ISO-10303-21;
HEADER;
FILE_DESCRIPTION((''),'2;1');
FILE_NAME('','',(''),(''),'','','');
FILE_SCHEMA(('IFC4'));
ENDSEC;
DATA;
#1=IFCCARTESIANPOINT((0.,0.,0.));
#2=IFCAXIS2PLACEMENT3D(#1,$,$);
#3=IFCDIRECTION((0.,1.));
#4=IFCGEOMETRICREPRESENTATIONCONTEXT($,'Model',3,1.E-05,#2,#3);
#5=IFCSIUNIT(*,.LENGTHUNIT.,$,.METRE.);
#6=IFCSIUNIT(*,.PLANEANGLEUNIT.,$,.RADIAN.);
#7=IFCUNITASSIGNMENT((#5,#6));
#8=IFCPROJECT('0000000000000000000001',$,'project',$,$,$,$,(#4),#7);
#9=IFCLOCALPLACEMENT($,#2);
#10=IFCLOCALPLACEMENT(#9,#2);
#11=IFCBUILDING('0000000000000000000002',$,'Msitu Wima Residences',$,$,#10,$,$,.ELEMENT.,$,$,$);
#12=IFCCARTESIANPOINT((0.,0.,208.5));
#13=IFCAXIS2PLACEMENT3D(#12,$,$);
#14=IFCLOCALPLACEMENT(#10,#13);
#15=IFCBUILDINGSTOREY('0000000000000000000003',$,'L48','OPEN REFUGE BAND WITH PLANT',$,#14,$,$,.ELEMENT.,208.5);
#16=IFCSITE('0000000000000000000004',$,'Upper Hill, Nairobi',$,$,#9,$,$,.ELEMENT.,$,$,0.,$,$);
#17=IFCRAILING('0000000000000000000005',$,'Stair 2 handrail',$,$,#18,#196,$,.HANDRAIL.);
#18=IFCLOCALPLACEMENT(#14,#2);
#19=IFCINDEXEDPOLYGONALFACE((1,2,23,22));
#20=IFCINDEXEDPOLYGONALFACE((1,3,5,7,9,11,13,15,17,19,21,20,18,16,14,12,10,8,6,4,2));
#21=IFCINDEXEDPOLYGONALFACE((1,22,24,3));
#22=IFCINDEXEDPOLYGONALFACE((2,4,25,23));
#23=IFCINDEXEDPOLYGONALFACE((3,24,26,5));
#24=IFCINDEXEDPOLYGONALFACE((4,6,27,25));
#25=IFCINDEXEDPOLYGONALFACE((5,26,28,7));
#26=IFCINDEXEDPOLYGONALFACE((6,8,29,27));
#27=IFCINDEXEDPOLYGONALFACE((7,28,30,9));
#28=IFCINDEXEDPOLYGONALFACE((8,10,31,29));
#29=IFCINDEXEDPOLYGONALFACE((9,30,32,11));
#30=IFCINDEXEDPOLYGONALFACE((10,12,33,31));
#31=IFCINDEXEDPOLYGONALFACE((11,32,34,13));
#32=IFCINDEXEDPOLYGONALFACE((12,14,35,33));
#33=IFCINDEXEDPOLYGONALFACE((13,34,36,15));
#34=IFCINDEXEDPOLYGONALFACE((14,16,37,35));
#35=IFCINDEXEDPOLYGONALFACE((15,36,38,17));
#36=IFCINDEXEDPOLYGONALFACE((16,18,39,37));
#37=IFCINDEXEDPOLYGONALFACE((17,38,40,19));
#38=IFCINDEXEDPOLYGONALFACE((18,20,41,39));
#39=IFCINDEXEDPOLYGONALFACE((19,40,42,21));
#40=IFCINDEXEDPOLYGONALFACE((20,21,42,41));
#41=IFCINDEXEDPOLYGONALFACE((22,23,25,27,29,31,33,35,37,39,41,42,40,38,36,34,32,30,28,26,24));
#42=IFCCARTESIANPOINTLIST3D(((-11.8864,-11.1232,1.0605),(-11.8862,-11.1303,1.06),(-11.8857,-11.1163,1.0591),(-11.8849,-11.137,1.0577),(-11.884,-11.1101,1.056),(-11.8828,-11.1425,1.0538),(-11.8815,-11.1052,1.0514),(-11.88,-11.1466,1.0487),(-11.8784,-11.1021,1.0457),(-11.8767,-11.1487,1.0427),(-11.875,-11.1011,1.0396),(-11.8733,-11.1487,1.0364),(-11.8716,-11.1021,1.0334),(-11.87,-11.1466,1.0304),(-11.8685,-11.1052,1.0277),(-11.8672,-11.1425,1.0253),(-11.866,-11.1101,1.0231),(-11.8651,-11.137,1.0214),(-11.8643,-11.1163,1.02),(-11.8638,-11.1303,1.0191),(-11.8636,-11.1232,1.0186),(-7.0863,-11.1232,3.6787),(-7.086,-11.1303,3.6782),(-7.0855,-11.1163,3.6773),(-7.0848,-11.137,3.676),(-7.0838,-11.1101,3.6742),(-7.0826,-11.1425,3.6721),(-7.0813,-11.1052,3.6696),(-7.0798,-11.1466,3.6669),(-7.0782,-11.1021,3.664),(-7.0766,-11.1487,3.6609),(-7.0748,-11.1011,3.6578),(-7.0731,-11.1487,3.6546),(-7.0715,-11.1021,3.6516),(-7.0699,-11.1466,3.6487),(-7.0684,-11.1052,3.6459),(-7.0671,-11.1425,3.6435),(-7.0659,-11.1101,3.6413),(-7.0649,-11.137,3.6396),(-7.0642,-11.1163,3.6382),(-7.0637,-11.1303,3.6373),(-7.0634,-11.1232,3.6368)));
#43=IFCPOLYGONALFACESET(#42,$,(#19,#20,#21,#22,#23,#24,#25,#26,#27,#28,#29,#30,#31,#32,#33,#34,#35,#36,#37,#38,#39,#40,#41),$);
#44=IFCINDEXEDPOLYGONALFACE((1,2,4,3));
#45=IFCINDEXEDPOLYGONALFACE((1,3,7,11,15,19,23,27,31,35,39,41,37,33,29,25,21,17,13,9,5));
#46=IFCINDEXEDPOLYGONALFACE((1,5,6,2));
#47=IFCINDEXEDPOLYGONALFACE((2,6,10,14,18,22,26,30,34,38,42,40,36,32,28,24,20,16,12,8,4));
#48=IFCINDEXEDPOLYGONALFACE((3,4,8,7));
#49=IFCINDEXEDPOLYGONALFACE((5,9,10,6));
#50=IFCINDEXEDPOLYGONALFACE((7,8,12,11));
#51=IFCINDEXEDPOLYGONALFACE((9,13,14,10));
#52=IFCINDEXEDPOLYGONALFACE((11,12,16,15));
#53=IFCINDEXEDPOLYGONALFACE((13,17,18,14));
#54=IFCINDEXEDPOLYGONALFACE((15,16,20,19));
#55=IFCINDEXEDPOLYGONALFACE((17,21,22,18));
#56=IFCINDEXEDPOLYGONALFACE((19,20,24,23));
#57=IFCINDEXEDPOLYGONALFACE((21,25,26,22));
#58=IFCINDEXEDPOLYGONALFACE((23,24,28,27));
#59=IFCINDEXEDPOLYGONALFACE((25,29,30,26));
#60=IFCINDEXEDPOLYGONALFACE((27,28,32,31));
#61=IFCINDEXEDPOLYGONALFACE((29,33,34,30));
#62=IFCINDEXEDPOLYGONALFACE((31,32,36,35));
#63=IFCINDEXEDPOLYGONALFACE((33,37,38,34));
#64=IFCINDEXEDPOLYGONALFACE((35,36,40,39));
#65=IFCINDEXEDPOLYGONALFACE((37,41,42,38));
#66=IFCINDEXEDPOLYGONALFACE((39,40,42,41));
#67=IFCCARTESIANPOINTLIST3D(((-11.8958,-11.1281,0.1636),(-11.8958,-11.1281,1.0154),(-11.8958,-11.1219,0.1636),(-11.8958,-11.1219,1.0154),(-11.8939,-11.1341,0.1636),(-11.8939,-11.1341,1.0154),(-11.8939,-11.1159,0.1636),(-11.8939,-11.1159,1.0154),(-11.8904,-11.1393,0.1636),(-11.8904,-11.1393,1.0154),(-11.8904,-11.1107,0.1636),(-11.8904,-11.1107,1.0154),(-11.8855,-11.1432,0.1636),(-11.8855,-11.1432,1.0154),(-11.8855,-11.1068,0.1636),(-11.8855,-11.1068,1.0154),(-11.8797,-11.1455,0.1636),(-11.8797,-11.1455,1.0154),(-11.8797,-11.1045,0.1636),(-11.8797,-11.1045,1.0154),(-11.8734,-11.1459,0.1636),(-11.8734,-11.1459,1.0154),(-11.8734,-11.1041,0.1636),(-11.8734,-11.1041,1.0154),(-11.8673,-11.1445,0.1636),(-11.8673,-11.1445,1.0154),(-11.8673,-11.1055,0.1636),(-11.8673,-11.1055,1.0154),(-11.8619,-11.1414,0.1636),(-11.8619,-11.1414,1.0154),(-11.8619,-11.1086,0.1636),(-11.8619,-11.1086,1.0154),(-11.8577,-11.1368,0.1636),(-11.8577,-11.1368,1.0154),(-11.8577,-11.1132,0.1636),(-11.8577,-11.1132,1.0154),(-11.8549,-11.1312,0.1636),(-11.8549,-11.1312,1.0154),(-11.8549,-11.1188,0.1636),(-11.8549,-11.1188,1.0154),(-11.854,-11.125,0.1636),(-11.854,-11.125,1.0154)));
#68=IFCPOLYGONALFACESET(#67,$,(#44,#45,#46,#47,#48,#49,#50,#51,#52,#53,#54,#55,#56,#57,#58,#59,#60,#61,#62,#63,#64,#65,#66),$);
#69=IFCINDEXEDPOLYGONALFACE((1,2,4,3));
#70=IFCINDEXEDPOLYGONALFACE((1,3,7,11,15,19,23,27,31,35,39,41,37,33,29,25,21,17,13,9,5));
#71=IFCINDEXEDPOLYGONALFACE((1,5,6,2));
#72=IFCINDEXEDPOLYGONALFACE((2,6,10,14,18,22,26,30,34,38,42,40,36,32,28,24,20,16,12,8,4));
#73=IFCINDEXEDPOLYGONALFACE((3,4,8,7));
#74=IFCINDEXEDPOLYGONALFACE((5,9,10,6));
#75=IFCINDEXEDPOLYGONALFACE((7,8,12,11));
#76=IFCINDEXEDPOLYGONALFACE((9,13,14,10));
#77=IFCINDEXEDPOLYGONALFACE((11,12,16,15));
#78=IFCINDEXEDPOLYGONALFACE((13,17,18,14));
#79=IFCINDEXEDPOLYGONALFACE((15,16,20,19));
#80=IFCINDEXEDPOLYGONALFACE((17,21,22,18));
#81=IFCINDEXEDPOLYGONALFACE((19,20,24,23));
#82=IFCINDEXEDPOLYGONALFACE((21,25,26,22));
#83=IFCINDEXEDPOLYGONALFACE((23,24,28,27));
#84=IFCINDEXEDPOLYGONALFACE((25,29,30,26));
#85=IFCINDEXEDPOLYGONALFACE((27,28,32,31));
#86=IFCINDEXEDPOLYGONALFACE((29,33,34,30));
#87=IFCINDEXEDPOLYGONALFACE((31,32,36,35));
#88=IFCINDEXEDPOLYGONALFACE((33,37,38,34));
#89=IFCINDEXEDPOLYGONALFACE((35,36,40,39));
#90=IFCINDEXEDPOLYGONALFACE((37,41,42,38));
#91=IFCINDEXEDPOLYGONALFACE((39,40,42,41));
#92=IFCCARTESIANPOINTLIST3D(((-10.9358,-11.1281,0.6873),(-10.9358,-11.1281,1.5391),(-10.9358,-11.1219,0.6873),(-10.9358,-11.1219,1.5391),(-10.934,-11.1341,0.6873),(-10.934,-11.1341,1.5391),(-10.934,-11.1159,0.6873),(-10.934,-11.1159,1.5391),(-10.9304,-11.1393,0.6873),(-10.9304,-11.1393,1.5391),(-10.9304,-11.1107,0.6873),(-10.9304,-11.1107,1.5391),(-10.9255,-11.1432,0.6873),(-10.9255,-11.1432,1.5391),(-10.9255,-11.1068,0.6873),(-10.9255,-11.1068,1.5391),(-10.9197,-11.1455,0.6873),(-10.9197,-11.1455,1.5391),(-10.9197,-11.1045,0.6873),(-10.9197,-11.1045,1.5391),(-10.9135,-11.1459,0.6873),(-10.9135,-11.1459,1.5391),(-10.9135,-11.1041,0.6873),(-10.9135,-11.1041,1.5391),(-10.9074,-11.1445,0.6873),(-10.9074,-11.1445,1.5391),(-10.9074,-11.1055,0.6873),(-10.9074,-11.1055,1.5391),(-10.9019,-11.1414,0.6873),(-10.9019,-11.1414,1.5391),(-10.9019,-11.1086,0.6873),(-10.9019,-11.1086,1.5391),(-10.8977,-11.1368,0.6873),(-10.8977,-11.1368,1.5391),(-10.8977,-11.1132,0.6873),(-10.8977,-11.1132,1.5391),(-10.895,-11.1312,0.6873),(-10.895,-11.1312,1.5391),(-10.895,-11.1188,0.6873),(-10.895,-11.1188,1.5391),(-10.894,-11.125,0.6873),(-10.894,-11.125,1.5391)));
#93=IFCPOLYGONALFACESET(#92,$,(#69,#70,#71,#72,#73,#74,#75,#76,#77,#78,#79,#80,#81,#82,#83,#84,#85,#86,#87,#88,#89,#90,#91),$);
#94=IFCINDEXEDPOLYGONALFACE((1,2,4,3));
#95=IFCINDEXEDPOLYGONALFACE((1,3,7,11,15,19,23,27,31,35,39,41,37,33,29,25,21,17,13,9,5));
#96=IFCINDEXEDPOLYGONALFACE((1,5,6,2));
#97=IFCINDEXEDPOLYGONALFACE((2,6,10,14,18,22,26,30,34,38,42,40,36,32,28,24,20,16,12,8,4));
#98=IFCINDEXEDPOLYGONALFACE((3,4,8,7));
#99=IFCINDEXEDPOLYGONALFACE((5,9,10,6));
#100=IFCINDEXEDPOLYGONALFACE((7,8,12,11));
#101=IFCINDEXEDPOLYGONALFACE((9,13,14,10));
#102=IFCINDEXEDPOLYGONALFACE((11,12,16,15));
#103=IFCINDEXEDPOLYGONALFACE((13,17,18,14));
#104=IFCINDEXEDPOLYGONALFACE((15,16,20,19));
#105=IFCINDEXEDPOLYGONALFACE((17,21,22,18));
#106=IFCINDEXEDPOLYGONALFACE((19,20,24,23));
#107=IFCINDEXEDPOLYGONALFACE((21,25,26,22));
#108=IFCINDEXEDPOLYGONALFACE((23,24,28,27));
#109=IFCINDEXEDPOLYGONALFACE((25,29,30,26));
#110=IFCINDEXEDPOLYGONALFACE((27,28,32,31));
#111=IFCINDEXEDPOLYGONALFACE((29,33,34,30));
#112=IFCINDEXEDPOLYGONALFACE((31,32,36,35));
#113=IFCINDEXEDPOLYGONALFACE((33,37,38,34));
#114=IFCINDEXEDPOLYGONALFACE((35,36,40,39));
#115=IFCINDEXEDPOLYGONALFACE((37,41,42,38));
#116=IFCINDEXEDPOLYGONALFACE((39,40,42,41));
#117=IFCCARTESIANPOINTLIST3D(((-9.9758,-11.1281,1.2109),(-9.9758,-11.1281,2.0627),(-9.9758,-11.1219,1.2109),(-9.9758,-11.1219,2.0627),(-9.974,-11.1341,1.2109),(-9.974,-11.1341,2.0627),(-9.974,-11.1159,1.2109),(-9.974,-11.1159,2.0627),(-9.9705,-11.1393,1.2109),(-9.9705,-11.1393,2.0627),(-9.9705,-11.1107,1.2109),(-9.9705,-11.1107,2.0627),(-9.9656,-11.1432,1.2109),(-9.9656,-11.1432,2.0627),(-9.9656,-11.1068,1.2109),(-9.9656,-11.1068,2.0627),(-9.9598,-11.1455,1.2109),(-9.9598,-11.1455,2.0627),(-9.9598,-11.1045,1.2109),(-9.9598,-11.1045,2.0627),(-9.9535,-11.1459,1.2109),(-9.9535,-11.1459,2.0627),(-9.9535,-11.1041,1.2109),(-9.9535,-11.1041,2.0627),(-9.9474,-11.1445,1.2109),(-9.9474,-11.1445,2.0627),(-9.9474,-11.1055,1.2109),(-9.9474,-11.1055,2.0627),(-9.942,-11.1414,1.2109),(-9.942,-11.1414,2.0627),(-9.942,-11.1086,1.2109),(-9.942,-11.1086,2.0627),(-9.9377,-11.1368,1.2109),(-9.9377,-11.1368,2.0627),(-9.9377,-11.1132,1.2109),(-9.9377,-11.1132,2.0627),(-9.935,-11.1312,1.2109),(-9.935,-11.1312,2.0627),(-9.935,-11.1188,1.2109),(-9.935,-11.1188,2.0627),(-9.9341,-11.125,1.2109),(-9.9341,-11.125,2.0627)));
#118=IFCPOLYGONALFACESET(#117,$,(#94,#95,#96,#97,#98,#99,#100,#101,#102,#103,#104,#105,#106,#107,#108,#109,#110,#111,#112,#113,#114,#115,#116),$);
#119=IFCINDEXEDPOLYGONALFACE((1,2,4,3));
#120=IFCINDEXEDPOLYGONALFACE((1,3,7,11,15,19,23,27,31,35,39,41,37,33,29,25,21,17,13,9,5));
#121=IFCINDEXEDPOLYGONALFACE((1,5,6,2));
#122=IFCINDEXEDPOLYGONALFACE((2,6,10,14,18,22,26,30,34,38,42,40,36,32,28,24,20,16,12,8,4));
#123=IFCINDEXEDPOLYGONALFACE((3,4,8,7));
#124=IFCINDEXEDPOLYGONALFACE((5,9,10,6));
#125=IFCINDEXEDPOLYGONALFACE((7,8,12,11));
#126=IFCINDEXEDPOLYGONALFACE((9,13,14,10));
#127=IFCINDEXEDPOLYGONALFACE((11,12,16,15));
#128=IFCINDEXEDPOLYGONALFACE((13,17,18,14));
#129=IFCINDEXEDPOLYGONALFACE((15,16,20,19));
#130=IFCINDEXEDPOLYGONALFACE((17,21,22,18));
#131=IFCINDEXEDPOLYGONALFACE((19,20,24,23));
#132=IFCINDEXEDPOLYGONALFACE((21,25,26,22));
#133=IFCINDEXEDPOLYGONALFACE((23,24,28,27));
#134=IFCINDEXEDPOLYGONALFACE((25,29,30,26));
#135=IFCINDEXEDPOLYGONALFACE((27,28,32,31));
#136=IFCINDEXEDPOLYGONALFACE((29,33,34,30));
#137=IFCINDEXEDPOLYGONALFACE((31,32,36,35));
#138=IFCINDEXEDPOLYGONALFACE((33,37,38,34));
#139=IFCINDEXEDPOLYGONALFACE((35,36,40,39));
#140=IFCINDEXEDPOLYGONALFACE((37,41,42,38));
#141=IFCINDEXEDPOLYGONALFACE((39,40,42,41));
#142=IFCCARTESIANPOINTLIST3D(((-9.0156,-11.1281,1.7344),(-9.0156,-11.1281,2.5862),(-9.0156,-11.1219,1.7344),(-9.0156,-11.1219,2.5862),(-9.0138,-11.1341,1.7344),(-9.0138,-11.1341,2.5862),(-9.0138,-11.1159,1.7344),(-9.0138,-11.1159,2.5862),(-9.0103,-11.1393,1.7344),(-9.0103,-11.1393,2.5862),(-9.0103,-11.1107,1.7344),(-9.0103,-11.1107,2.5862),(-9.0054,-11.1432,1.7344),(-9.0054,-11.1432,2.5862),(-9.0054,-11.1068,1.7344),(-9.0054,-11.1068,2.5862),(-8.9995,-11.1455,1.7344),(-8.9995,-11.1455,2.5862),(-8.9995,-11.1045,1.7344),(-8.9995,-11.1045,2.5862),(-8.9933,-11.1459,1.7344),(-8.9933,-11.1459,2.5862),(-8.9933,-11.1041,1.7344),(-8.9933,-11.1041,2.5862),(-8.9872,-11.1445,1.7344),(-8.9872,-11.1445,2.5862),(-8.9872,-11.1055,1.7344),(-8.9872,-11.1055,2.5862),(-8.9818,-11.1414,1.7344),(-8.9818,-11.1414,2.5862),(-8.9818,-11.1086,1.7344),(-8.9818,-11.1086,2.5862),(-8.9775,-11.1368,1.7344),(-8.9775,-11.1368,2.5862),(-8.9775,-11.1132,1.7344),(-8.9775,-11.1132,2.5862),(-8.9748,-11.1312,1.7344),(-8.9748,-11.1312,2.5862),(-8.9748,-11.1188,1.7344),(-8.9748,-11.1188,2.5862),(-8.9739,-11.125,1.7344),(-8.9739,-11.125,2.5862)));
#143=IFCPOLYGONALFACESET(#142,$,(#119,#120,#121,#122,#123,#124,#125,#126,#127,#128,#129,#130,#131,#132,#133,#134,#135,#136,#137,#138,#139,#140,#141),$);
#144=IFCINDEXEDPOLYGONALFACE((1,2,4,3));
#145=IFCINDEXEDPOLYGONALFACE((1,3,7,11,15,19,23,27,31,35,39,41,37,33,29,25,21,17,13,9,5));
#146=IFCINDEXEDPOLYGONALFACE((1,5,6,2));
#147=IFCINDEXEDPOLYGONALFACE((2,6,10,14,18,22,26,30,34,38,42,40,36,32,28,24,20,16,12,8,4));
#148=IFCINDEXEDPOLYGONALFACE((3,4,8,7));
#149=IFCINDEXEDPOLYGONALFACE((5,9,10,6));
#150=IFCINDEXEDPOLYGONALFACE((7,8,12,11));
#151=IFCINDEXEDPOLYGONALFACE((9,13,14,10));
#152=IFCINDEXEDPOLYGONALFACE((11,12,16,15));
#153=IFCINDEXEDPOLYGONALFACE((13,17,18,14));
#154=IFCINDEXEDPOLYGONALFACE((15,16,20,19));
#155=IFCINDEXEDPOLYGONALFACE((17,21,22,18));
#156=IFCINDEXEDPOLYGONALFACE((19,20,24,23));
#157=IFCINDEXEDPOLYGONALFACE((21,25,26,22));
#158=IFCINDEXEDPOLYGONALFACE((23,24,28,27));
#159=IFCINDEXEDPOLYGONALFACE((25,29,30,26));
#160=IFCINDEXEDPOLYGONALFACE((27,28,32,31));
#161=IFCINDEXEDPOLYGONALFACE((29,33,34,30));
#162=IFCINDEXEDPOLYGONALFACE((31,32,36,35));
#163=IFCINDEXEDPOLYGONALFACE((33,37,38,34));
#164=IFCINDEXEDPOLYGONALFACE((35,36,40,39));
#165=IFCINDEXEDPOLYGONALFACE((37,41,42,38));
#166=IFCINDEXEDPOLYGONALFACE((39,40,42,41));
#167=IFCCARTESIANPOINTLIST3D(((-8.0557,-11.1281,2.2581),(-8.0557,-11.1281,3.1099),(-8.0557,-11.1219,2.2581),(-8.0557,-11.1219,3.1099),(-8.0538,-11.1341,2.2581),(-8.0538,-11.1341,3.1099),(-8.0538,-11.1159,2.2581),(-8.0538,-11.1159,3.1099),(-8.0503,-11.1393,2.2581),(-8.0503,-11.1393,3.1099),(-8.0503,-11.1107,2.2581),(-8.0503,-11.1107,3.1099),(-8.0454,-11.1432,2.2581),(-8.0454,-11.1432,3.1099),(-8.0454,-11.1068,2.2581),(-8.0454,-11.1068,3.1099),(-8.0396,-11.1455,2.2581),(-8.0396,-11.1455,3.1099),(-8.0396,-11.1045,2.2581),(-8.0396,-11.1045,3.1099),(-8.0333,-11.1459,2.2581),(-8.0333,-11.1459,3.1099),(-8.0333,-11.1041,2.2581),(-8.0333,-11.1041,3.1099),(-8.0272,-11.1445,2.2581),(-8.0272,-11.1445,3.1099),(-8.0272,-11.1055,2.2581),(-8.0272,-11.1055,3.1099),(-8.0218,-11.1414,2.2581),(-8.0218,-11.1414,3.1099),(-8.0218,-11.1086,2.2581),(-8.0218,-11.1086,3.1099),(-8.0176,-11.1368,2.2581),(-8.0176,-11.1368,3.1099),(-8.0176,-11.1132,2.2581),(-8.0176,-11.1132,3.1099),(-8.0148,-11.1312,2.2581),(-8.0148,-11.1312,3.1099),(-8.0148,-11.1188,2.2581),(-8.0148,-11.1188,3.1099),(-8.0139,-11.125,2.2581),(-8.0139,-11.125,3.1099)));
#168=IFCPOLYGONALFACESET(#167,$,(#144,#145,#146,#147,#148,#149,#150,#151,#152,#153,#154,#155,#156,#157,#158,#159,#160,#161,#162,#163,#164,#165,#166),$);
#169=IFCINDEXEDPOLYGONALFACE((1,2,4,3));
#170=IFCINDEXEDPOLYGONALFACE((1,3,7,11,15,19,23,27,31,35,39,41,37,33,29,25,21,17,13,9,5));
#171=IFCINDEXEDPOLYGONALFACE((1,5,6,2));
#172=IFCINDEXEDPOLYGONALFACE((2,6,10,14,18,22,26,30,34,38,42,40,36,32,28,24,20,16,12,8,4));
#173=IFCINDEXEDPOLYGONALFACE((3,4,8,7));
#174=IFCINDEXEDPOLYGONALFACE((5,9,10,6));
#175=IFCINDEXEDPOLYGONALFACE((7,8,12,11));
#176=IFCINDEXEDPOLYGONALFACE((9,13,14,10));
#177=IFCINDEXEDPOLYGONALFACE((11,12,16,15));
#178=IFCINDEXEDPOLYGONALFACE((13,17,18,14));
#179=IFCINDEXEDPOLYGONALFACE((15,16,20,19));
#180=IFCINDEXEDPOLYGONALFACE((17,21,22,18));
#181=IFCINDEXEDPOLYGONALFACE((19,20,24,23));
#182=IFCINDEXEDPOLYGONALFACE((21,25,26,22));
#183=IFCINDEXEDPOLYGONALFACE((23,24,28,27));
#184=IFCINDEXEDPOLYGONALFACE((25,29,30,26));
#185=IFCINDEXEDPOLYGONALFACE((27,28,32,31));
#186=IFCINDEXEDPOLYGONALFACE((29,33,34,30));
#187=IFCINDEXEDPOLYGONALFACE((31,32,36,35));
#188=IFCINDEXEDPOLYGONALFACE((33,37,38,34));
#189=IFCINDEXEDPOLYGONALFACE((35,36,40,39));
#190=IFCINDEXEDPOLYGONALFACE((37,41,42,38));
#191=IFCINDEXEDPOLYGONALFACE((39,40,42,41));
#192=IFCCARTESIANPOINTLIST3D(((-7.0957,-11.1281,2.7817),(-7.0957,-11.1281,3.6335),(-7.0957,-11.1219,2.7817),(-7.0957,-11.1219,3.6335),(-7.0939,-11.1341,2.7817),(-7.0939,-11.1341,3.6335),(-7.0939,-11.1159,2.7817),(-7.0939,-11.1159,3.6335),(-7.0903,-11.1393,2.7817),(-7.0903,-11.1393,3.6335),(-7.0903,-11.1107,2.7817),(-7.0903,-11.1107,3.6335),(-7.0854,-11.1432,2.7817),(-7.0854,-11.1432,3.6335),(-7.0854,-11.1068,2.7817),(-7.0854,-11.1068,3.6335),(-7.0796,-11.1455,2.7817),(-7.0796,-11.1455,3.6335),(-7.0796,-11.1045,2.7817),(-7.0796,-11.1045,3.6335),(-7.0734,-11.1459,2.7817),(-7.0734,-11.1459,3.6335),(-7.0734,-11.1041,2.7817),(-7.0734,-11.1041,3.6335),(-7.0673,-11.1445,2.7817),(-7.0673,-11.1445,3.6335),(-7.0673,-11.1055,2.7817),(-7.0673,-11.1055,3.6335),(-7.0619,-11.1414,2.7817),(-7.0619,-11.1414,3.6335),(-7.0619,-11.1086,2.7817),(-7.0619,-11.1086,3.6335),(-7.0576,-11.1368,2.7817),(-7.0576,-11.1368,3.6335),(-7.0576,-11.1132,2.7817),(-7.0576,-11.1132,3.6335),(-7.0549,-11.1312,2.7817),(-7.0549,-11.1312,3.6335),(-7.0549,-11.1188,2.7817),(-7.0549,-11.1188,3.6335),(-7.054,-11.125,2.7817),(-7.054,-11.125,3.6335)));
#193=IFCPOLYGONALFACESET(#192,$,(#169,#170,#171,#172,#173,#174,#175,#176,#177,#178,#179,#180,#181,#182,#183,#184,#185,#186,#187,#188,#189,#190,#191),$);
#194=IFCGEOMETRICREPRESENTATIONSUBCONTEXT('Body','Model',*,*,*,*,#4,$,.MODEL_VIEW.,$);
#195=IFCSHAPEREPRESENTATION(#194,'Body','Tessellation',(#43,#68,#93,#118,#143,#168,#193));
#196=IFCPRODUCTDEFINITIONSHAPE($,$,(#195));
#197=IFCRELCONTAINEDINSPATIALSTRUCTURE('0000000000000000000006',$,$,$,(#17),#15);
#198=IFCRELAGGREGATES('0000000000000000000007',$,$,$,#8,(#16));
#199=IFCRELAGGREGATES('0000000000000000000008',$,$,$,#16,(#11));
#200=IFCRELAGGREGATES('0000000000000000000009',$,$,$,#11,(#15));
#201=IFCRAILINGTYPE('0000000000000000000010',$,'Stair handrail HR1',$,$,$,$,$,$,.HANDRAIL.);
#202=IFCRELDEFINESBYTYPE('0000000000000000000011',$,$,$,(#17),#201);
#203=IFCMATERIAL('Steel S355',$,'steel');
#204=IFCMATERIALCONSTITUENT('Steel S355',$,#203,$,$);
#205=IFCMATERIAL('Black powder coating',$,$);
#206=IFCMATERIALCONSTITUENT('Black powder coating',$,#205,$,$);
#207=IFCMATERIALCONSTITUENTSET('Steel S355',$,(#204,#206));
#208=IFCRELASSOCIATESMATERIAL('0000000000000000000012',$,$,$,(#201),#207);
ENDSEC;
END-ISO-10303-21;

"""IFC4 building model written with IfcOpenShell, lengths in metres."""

from ifc_helpers import new_model, si_unit, direction, frame, origin, origin_2d, place, context, subcontext, project, spatial, circle, extrude, material, constituent, constituent_set, type_object, element, save


model = new_model("IFC4")

# Units and contexts
model_context = context("Model", 3, precision=1e-05, world=origin(), true_north=direction((0.0, 1.0)))
body_context = subcontext(model_context, "Body", "Model", "MODEL_VIEW")
ifc_project = project(units=[si_unit("LENGTHUNIT", "METRE"), si_unit("PLANEANGLEUNIT", "RADIAN")], contexts=[model_context])

# Site, building, storey
site_placement = place(None, origin())
site = spatial("IfcSite", under=ifc_project, at=site_placement, Name="Upper Hill, Nairobi", CompositionType="ELEMENT", RefElevation=0.0)
building_placement = place(site_placement, origin())
building = spatial("IfcBuilding", under=site, at=building_placement, Name="Msitu Wima Residences", CompositionType="ELEMENT")
storey_placement = place(building_placement, frame((0.0, 0.0, 208.5)))
storey = spatial("IfcBuildingStorey", under=building, at=storey_placement, Name="L48", Description="OPEN REFUGE BAND WITH PLANT", CompositionType="ELEMENT", Elevation=208.5)

# Railing
ifc_material_1 = material(Name="Steel S355", Category="steel")
ifc_constituent_1 = constituent(ifc_material_1, Name="Steel S355")
ifc_material_2 = material(Name="Black powder coating")
ifc_constituent_2 = constituent(ifc_material_2, Name="Black powder coating")
ifc_constituent_set = constituent_set(constituents=[ifc_constituent_1, ifc_constituent_2], Name="Steel S355")
railing_type = type_object("IfcRailingType", Name="Stair handrail HR1", PredefinedType="HANDRAIL", material=ifc_constituent_set)
for number, where, name in (
    (1, (-11.875, -11.125, 0.1636), "Stair 2 handrail"),
):
    element("IfcRailing", number, at=place(storey_placement, frame(where)), inside=storey, type_object=railing_type, Name=name, PredefinedType="HANDRAIL", context=body_context, shape_type="SweptSolid", body=[
        extrude(circle(Radius=0.0239, at=origin_2d()), frame((0.0, 0.0, 0.876), z_axis=(0.877899, 0.0, 0.478846), x_axis=(0.0, 1.0, 0.0)), (0.0, 0.0, 1.0), 5.4678),
        extrude(circle(Radius=0.021, at=origin_2d()), origin(), (0.0, 0.0, 1.0), 0.8518),
        extrude(circle(Radius=0.021, at=origin_2d()), frame((0.96, 0.0, 0.5237)), (0.0, 0.0, 1.0), 0.8518),
        extrude(circle(Radius=0.021, at=origin_2d()), frame((1.9199, 0.0, 1.0474)), (0.0, 0.0, 1.0), 0.8518),
        extrude(circle(Radius=0.021, at=origin_2d()), frame((2.8801, 0.0, 1.5708)), (0.0, 0.0, 1.0), 0.8518),
        extrude(circle(Radius=0.021, at=origin_2d()), frame((3.8401, 0.0, 2.0945)), (0.0, 0.0, 1.0), 0.8518),
        extrude(circle(Radius=0.021, at=origin_2d()), frame((4.8, 0.0, 2.6182)), (0.0, 0.0, 1.0), 0.8518),
    ])

save(model, "model.ifc")
